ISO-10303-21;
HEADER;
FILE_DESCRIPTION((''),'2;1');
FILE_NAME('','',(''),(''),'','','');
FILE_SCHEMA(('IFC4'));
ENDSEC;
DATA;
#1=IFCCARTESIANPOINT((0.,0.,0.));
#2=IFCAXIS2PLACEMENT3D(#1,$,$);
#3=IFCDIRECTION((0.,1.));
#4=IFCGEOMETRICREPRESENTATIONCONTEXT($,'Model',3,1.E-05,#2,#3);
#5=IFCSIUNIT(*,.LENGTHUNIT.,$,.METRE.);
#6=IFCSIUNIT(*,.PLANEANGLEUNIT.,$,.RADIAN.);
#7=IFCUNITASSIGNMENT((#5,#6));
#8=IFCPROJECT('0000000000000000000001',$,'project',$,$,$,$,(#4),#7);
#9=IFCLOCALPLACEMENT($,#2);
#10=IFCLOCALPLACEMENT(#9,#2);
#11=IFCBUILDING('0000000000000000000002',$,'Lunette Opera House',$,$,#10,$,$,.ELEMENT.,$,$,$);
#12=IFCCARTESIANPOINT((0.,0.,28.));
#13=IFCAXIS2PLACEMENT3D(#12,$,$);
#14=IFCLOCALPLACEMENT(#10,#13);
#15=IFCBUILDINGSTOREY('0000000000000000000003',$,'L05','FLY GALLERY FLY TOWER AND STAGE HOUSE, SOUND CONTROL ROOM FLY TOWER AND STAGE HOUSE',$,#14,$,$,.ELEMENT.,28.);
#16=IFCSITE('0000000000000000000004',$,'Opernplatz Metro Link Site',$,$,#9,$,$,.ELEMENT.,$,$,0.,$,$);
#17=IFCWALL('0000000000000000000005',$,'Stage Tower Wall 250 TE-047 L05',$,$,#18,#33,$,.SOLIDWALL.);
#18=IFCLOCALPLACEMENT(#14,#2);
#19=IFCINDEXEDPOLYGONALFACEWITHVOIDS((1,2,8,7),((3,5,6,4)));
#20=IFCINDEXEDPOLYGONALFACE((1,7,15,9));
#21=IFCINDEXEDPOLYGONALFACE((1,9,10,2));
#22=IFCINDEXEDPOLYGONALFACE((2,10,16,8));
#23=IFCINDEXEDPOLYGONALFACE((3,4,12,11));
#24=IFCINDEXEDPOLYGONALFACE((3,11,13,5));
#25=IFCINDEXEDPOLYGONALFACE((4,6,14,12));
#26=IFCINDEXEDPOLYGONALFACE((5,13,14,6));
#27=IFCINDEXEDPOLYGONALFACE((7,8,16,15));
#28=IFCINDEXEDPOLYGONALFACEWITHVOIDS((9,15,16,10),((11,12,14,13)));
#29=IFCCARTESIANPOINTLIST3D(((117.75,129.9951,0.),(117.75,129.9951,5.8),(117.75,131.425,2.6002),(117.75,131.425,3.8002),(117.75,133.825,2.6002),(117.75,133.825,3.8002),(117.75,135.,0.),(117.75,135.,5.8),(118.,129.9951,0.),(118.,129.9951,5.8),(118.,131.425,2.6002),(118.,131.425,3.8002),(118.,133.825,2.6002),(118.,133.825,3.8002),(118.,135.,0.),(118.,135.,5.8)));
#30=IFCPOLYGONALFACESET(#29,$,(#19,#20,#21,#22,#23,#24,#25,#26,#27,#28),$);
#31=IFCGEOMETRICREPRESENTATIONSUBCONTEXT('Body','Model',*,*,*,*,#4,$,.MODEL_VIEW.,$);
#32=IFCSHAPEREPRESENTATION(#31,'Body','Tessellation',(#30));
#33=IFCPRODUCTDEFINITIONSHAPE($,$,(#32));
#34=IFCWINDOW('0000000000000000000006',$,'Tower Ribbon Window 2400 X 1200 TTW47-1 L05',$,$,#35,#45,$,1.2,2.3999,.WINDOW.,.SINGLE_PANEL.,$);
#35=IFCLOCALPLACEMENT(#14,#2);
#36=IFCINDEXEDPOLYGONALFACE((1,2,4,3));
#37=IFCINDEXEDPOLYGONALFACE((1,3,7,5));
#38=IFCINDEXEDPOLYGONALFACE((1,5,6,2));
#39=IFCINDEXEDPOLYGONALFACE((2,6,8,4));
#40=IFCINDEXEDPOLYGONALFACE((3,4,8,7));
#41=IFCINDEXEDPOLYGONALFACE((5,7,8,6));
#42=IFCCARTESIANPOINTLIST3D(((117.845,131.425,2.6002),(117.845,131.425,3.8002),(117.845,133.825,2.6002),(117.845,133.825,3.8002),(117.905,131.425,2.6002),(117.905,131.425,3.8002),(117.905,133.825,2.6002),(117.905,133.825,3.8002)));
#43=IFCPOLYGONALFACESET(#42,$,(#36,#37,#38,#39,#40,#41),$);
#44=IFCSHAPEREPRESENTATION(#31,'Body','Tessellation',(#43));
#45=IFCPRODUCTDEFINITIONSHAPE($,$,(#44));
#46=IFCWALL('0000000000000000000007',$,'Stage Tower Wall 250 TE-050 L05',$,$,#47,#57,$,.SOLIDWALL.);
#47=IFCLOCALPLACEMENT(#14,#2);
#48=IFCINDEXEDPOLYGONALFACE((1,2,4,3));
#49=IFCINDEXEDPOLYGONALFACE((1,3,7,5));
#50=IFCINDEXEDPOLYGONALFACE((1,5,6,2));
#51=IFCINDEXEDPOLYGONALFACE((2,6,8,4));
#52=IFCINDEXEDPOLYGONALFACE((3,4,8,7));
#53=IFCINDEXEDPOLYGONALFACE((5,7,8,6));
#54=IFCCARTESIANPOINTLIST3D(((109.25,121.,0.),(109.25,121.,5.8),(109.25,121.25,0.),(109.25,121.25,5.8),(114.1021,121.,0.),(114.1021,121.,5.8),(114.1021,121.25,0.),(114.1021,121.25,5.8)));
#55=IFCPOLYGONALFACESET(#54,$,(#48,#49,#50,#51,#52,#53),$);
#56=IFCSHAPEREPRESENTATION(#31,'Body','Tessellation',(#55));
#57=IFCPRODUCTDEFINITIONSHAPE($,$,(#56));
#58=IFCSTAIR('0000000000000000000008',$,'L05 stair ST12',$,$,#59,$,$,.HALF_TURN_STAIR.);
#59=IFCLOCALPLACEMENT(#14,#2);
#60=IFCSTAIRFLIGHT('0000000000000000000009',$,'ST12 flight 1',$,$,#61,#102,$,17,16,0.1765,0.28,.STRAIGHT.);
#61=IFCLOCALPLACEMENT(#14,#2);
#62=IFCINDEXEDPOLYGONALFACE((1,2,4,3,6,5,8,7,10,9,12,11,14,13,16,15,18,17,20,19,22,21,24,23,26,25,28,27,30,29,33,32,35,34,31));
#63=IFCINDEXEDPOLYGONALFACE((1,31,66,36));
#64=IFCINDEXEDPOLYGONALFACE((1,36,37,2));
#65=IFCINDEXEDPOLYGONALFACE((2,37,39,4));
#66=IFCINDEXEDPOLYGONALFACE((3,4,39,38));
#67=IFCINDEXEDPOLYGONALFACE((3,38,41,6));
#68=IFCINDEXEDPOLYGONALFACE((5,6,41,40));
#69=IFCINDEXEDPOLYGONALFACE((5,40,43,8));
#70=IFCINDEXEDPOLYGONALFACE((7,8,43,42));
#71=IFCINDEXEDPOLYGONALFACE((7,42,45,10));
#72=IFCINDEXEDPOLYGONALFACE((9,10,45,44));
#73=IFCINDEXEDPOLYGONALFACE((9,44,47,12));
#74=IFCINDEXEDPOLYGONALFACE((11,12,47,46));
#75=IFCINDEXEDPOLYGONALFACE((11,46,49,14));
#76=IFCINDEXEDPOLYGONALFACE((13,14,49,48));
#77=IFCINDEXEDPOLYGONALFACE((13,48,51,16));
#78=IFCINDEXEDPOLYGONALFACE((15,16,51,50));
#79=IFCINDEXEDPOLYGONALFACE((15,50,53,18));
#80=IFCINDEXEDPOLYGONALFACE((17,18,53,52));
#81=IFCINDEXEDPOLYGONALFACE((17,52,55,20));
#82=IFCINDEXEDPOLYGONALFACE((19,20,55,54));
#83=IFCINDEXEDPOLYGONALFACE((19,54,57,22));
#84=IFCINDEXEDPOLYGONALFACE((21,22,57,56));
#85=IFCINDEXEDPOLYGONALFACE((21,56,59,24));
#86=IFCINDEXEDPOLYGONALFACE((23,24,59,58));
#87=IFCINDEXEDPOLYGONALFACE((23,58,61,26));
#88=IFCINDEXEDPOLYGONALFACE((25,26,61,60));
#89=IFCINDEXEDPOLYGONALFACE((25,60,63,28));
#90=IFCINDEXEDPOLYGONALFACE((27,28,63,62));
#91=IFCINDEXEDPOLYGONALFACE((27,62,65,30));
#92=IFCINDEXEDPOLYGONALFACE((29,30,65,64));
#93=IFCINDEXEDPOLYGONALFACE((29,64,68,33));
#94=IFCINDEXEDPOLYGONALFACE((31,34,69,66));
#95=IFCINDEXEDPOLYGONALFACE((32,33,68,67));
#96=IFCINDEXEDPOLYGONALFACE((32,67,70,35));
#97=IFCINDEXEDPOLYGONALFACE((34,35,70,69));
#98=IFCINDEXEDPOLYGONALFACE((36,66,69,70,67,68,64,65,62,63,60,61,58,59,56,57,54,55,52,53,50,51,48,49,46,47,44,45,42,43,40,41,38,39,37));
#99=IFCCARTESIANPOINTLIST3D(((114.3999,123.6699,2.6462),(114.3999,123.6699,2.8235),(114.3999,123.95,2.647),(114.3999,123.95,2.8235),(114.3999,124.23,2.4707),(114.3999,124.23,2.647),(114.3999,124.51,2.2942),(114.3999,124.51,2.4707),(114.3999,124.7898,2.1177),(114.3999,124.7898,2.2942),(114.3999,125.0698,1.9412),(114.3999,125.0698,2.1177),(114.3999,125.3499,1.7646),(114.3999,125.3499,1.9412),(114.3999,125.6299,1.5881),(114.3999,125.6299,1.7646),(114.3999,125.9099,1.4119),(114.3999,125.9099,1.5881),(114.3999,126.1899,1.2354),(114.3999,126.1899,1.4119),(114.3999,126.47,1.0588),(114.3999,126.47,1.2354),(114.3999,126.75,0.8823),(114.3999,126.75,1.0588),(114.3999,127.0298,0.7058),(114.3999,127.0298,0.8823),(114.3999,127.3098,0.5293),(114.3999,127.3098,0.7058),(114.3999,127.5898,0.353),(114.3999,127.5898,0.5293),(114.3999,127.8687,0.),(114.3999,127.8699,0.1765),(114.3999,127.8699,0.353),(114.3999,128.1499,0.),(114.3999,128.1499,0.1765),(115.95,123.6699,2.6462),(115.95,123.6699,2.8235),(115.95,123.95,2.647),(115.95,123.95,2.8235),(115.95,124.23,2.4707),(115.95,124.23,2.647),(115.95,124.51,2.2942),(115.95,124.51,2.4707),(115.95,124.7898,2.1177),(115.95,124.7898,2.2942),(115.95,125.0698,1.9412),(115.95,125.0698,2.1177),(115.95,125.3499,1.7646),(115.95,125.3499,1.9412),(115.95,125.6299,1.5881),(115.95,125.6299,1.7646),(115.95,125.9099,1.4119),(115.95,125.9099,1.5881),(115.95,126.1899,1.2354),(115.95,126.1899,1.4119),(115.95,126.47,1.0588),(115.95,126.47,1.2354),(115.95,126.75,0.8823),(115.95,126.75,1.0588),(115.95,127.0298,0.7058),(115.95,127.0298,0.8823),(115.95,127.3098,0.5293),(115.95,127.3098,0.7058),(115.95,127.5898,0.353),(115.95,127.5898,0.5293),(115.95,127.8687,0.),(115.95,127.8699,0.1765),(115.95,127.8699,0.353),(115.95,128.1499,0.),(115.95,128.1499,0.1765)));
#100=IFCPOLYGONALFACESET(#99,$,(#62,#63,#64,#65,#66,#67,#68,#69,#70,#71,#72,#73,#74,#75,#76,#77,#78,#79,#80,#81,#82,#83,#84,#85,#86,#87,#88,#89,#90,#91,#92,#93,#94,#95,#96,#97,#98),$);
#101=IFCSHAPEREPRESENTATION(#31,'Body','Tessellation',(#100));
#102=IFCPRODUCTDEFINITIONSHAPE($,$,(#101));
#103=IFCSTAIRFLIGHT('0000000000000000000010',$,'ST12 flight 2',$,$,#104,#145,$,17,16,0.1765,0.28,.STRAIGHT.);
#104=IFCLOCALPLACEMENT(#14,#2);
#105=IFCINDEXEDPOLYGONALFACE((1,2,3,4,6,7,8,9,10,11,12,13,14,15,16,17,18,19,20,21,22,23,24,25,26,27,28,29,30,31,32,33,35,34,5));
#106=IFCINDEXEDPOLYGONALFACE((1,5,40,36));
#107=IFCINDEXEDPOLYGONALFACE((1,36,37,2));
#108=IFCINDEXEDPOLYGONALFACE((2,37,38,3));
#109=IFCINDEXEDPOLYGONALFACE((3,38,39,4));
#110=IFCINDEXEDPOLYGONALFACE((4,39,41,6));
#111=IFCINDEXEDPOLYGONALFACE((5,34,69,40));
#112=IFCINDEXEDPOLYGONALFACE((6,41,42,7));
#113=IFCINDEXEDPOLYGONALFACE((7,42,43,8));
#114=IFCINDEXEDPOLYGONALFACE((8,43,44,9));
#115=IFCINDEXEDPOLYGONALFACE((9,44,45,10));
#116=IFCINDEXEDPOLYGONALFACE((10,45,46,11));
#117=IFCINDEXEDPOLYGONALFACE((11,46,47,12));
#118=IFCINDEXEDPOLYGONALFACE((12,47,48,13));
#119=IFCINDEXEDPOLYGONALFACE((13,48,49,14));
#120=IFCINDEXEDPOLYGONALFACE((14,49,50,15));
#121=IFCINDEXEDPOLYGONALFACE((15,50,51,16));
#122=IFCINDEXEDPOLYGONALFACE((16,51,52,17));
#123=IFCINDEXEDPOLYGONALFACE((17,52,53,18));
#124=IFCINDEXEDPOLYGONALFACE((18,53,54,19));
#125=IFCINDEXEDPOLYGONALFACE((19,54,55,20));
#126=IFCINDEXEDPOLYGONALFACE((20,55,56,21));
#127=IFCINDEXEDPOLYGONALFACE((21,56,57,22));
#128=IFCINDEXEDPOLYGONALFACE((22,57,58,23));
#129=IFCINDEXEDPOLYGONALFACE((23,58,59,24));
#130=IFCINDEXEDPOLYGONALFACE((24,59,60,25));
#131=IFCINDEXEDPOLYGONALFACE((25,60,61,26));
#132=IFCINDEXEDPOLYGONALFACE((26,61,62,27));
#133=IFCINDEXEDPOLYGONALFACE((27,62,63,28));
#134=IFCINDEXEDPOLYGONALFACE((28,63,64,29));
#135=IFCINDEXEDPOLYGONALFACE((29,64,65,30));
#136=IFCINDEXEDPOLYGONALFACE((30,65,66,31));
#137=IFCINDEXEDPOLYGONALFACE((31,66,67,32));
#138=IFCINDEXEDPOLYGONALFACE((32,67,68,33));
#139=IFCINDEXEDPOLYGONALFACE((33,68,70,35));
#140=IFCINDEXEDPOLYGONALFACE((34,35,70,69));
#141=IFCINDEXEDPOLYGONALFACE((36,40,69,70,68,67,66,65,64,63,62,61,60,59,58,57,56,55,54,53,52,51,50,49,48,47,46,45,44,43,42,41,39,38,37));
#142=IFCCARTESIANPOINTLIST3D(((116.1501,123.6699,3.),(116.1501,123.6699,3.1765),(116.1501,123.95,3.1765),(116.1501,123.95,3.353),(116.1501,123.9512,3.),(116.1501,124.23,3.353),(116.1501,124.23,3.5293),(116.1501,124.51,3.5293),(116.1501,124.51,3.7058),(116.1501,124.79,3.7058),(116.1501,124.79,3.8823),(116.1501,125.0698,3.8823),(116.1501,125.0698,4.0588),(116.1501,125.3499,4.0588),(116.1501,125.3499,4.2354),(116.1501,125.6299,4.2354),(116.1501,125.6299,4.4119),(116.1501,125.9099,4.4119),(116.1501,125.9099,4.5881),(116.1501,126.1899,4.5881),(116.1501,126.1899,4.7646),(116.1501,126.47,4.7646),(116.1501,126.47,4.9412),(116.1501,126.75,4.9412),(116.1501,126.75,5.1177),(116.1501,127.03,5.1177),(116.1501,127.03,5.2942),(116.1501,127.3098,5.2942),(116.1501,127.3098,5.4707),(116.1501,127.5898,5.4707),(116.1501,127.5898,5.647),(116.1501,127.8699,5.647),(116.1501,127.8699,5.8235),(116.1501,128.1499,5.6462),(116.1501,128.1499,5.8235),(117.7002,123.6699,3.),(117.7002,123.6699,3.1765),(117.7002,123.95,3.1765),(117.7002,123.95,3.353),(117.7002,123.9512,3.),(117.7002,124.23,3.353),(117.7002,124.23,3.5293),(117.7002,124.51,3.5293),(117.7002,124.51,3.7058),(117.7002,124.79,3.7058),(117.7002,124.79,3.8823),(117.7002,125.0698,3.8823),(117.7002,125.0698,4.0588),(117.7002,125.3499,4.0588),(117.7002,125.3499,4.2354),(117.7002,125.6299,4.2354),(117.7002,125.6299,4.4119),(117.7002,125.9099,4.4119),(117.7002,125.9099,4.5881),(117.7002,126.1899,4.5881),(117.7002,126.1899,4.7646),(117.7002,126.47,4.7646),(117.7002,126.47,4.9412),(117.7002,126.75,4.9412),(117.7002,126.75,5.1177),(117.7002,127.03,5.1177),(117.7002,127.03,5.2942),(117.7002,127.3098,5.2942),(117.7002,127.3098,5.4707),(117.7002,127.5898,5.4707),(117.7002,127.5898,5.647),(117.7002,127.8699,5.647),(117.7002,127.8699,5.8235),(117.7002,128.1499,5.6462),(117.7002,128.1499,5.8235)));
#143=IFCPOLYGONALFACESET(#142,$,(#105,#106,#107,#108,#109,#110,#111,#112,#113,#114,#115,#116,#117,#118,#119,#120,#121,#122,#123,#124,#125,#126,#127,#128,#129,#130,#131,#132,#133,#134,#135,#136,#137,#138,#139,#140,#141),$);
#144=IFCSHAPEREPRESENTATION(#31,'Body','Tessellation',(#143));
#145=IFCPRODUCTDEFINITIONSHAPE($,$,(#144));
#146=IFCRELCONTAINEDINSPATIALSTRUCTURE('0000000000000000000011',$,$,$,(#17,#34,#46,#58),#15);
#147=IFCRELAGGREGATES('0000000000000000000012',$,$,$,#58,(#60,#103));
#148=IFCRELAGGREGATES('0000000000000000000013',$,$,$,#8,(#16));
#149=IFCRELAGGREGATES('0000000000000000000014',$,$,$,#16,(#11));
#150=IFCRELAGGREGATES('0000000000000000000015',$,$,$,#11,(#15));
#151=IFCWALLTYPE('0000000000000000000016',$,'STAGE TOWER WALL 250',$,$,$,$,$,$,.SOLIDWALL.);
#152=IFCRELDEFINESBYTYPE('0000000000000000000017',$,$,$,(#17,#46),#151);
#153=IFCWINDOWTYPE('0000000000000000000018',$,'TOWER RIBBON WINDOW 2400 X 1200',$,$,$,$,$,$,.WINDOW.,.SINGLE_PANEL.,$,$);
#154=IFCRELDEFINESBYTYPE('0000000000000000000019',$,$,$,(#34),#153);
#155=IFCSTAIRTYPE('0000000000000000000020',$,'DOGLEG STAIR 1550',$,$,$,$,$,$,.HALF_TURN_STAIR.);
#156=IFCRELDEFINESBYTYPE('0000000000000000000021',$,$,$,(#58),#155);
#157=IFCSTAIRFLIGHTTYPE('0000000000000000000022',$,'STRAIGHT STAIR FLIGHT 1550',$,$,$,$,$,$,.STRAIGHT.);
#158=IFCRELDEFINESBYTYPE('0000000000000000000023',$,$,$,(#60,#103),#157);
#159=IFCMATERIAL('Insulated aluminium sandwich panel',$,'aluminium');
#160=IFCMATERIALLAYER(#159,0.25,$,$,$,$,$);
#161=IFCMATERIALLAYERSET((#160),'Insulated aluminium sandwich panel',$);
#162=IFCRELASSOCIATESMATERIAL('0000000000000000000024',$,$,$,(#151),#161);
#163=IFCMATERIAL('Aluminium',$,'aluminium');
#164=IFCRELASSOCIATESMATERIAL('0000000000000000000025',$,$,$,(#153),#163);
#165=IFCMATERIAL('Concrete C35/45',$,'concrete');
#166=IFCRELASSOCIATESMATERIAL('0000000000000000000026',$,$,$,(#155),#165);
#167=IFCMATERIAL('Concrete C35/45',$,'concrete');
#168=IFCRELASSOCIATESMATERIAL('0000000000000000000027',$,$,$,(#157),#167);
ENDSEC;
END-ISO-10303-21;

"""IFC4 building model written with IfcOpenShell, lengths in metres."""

from ifc_helpers import new_model, si_unit, direction, frame, frame_2d, origin, place, context, subcontext, project, spatial, polyline, rectangle, outline, extrude, material, layer, layer_set, type_object, element, fill, aggregate, save


model = new_model("IFC4")

# Units and contexts
model_context = context("Model", 3, precision=1e-05, world=origin(), true_north=direction((0.0, 1.0)))
body_context = subcontext(model_context, "Body", "Model", "MODEL_VIEW")
ifc_project = project(units=[si_unit("LENGTHUNIT", "METRE"), si_unit("PLANEANGLEUNIT", "RADIAN")], contexts=[model_context])

# Site, building, storey
site_placement = place(None, origin())
site = spatial("IfcSite", under=ifc_project, at=site_placement, Name="Opernplatz Metro Link Site", CompositionType="ELEMENT", RefElevation=0.0)
building_placement = place(site_placement, origin())
building = spatial("IfcBuilding", under=site, at=building_placement, Name="Lunette Opera House", CompositionType="ELEMENT")
storey_placement = place(building_placement, frame((0.0, 0.0, 28.0)))
storey = spatial("IfcBuildingStorey", under=building, at=storey_placement, Name="L05", Description="FLY GALLERY FLY TOWER AND STAGE HOUSE, SOUND CONTROL ROOM FLY TOWER AND STAGE HOUSE", CompositionType="ELEMENT", Elevation=28.0)

# Wall, opening, window
ifc_material_1 = material(Name="Insulated aluminium sandwich panel", Category="aluminium")
ifc_layer_1 = layer(ifc_material_1, 0.25)
ifc_layer_set_1 = layer_set([ifc_layer_1], Name="Insulated aluminium sandwich panel")
wall_type_1 = type_object("IfcWallType", Name="STAGE TOWER WALL 250", PredefinedType="SOLIDWALL", material=ifc_layer_set_1)
wall_1_placement = place(storey_placement, frame((117.875, 129.9951, 0.0), z_axis=(0.0, 0.0, 1.0), x_axis=(0.0, 1.0, 0.0)))
wall_1 = element("IfcWall", 1, at=wall_1_placement, inside=storey, type_object=wall_type_1, Name="Stage Tower Wall 250 TE-047 L05", PredefinedType="SOLIDWALL", context=body_context, shape_type="SweptSolid", body=[
    extrude(rectangle(XDim=5.0049, YDim=0.25, at=frame_2d((2.5024, 0.0))), origin(), (0.0, 0.0, 1.0), 5.8),
])
opening_1_placement = place(wall_1_placement, frame((1.4299, 0.0, 2.6001)))
opening_1 = element("IfcOpeningElement", 2, at=opening_1_placement, cuts=wall_1, PredefinedType="OPENING", context=body_context, shape_type="SweptSolid", body=[
    extrude(rectangle(XDim=2.3999, YDim=1.2, at=frame_2d((1.2, 0.6001))), frame((0.0, 0.137, 0.0), z_axis=(0.0, -1.0, 0.0), x_axis=(1.0, 0.0, 0.0)), (0.0, 0.0, 1.0), 0.2739),
])
ifc_material_2 = material(Name="Aluminium", Category="aluminium")
window_type = type_object("IfcWindowType", Name="TOWER RIBBON WINDOW 2400 X 1200", PartitioningType="SINGLE_PANEL", PredefinedType="WINDOW", material=ifc_material_2)
window_placement = place(opening_1_placement, origin())
window = element("IfcWindow", 3, at=window_placement, inside=storey, type_object=window_type, Name="Tower Ribbon Window 2400 X 1200 TTW47-1 L05", OverallHeight=1.2, OverallWidth=2.3999, PartitioningType="SINGLE_PANEL", PredefinedType="WINDOW", context=body_context, shape_type="SweptSolid", body=[
    extrude(rectangle(XDim=2.3999, YDim=1.2, at=frame_2d((1.2, 0.6001))), frame((0.0, 0.03, 0.0), z_axis=(0.0, -1.0, 0.0), x_axis=(1.0, 0.0, 0.0)), (0.0, 0.0, 1.0), 0.0601),
])
fill(opening_1, window)

# Wall
wall_2_placement = place(storey_placement, frame((109.25, 121.125, 0.0), z_axis=(0.0, 0.0, 1.0), x_axis=(1.0, 0.0, 0.0)))
element("IfcWall", 4, at=wall_2_placement, inside=storey, type_object=wall_type_1, Name="Stage Tower Wall 250 TE-050 L05", PredefinedType="SOLIDWALL", context=body_context, shape_type="SweptSolid", body=[
    extrude(rectangle(XDim=4.8521, YDim=0.25, at=frame_2d((2.426, 0.0))), origin(), (0.0, 0.0, 1.0), 5.8),
])

# Stair, stair flights
ifc_material_3 = material(Name="Concrete C35/45", Category="concrete")
stair_type = type_object("IfcStairType", Name="DOGLEG STAIR 1550", PredefinedType="HALF_TURN_STAIR", material=ifc_material_3)
stair_placement = place(storey_placement, origin())
stair = element("IfcStair", 5, at=stair_placement, inside=storey, type_object=stair_type, Name="L05 stair ST12", PredefinedType="HALF_TURN_STAIR")
ifc_material_4 = material(Name="Concrete C35/45", Category="concrete")
stair_flight_type = type_object("IfcStairFlightType", Name="STRAIGHT STAIR FLIGHT 1550", PredefinedType="STRAIGHT", material=ifc_material_4)
stair_flight_1_placement = place(storey_placement, frame((115.175, 128.1499, 0.0), z_axis=(0.0, 0.0, 1.0), x_axis=(0.0, -1.0, 0.0)))
stair_flight_1 = element("IfcStairFlight", 6, at=stair_flight_1_placement, type_object=stair_flight_type, Name="ST12 flight 1", NumberOfRisers=17, NumberOfTreads=16, PredefinedType="STRAIGHT", RiserHeight=0.1765, TreadLength=0.28, context=body_context, shape_type="SweptSolid", body=[
    extrude(outline(polyline([(0.0, 0.0), (0.0, 0.1765), (0.28, 0.1765), (0.28, 0.353), (0.5601, 0.353), (0.5601, 0.5293), (0.8401, 0.5293), (0.8401, 0.7058), (1.1201, 0.7058), (1.1201, 0.8823), (1.3999, 0.8823), (1.3999, 1.0588), (1.6799, 1.0588), (1.6799, 1.2354), (1.96, 1.2354), (1.96, 1.4119), (2.24, 1.4119), (2.24, 1.5881), (2.52, 1.5881), (2.52, 1.7646), (2.8, 1.7646), (2.8, 1.9412), (3.0801, 1.9412), (3.0801, 2.1177), (3.3601, 2.1177), (3.3601, 2.2942), (3.6399, 2.2942), (3.6399, 2.4707), (3.9199, 2.4707), (3.9199, 2.647), (4.2, 2.647), (4.2, 2.8235), (4.48, 2.8235), (4.48, 3.0), (4.48, 2.6462), (0.2812, 0.0), (0.0, 0.0)])), frame((0.0, 0.7749, 0.0), z_axis=(0.0, -1.0, 0.0), x_axis=(1.0, 0.0, 0.0)), (0.0, 0.0, 1.0), 1.55),
])
stair_flight_2_placement = place(storey_placement, frame((116.925, 123.6699, 3.0), z_axis=(0.0, 0.0, 1.0), x_axis=(0.0, 1.0, 0.0)))
stair_flight_2 = element("IfcStairFlight", 7, at=stair_flight_2_placement, type_object=stair_flight_type, Name="ST12 flight 2", NumberOfRisers=17, NumberOfTreads=16, PredefinedType="STRAIGHT", RiserHeight=0.1765, TreadLength=0.28, context=body_context, shape_type="SweptSolid", body=[
    extrude(outline(polyline([(0.0, 0.0), (0.0, 0.1765), (0.28, 0.1765), (0.28, 0.353), (0.5601, 0.353), (0.5601, 0.5293), (0.8401, 0.5293), (0.8401, 0.7058), (1.1201, 0.7058), (1.1201, 0.8823), (1.3999, 0.8823), (1.3999, 1.0588), (1.6799, 1.0588), (1.6799, 1.2354), (1.96, 1.2354), (1.96, 1.4119), (2.24, 1.4119), (2.24, 1.5881), (2.52, 1.5881), (2.52, 1.7646), (2.8, 1.7646), (2.8, 1.9412), (3.0801, 1.9412), (3.0801, 2.1177), (3.3601, 2.1177), (3.3601, 2.2942), (3.6399, 2.2942), (3.6399, 2.4707), (3.9199, 2.4707), (3.9199, 2.647), (4.2, 2.647), (4.2, 2.8235), (4.48, 2.8235), (4.48, 3.0), (4.48, 2.6462), (0.2812, 0.0), (0.0, 0.0)])), frame((0.0, 0.7749, 0.0), z_axis=(0.0, -1.0, 0.0), x_axis=(1.0, 0.0, 0.0)), (0.0, 0.0, 1.0), 1.55),
])
aggregate(stair, [stair_flight_1, stair_flight_2])

save(model, "model.ifc")
